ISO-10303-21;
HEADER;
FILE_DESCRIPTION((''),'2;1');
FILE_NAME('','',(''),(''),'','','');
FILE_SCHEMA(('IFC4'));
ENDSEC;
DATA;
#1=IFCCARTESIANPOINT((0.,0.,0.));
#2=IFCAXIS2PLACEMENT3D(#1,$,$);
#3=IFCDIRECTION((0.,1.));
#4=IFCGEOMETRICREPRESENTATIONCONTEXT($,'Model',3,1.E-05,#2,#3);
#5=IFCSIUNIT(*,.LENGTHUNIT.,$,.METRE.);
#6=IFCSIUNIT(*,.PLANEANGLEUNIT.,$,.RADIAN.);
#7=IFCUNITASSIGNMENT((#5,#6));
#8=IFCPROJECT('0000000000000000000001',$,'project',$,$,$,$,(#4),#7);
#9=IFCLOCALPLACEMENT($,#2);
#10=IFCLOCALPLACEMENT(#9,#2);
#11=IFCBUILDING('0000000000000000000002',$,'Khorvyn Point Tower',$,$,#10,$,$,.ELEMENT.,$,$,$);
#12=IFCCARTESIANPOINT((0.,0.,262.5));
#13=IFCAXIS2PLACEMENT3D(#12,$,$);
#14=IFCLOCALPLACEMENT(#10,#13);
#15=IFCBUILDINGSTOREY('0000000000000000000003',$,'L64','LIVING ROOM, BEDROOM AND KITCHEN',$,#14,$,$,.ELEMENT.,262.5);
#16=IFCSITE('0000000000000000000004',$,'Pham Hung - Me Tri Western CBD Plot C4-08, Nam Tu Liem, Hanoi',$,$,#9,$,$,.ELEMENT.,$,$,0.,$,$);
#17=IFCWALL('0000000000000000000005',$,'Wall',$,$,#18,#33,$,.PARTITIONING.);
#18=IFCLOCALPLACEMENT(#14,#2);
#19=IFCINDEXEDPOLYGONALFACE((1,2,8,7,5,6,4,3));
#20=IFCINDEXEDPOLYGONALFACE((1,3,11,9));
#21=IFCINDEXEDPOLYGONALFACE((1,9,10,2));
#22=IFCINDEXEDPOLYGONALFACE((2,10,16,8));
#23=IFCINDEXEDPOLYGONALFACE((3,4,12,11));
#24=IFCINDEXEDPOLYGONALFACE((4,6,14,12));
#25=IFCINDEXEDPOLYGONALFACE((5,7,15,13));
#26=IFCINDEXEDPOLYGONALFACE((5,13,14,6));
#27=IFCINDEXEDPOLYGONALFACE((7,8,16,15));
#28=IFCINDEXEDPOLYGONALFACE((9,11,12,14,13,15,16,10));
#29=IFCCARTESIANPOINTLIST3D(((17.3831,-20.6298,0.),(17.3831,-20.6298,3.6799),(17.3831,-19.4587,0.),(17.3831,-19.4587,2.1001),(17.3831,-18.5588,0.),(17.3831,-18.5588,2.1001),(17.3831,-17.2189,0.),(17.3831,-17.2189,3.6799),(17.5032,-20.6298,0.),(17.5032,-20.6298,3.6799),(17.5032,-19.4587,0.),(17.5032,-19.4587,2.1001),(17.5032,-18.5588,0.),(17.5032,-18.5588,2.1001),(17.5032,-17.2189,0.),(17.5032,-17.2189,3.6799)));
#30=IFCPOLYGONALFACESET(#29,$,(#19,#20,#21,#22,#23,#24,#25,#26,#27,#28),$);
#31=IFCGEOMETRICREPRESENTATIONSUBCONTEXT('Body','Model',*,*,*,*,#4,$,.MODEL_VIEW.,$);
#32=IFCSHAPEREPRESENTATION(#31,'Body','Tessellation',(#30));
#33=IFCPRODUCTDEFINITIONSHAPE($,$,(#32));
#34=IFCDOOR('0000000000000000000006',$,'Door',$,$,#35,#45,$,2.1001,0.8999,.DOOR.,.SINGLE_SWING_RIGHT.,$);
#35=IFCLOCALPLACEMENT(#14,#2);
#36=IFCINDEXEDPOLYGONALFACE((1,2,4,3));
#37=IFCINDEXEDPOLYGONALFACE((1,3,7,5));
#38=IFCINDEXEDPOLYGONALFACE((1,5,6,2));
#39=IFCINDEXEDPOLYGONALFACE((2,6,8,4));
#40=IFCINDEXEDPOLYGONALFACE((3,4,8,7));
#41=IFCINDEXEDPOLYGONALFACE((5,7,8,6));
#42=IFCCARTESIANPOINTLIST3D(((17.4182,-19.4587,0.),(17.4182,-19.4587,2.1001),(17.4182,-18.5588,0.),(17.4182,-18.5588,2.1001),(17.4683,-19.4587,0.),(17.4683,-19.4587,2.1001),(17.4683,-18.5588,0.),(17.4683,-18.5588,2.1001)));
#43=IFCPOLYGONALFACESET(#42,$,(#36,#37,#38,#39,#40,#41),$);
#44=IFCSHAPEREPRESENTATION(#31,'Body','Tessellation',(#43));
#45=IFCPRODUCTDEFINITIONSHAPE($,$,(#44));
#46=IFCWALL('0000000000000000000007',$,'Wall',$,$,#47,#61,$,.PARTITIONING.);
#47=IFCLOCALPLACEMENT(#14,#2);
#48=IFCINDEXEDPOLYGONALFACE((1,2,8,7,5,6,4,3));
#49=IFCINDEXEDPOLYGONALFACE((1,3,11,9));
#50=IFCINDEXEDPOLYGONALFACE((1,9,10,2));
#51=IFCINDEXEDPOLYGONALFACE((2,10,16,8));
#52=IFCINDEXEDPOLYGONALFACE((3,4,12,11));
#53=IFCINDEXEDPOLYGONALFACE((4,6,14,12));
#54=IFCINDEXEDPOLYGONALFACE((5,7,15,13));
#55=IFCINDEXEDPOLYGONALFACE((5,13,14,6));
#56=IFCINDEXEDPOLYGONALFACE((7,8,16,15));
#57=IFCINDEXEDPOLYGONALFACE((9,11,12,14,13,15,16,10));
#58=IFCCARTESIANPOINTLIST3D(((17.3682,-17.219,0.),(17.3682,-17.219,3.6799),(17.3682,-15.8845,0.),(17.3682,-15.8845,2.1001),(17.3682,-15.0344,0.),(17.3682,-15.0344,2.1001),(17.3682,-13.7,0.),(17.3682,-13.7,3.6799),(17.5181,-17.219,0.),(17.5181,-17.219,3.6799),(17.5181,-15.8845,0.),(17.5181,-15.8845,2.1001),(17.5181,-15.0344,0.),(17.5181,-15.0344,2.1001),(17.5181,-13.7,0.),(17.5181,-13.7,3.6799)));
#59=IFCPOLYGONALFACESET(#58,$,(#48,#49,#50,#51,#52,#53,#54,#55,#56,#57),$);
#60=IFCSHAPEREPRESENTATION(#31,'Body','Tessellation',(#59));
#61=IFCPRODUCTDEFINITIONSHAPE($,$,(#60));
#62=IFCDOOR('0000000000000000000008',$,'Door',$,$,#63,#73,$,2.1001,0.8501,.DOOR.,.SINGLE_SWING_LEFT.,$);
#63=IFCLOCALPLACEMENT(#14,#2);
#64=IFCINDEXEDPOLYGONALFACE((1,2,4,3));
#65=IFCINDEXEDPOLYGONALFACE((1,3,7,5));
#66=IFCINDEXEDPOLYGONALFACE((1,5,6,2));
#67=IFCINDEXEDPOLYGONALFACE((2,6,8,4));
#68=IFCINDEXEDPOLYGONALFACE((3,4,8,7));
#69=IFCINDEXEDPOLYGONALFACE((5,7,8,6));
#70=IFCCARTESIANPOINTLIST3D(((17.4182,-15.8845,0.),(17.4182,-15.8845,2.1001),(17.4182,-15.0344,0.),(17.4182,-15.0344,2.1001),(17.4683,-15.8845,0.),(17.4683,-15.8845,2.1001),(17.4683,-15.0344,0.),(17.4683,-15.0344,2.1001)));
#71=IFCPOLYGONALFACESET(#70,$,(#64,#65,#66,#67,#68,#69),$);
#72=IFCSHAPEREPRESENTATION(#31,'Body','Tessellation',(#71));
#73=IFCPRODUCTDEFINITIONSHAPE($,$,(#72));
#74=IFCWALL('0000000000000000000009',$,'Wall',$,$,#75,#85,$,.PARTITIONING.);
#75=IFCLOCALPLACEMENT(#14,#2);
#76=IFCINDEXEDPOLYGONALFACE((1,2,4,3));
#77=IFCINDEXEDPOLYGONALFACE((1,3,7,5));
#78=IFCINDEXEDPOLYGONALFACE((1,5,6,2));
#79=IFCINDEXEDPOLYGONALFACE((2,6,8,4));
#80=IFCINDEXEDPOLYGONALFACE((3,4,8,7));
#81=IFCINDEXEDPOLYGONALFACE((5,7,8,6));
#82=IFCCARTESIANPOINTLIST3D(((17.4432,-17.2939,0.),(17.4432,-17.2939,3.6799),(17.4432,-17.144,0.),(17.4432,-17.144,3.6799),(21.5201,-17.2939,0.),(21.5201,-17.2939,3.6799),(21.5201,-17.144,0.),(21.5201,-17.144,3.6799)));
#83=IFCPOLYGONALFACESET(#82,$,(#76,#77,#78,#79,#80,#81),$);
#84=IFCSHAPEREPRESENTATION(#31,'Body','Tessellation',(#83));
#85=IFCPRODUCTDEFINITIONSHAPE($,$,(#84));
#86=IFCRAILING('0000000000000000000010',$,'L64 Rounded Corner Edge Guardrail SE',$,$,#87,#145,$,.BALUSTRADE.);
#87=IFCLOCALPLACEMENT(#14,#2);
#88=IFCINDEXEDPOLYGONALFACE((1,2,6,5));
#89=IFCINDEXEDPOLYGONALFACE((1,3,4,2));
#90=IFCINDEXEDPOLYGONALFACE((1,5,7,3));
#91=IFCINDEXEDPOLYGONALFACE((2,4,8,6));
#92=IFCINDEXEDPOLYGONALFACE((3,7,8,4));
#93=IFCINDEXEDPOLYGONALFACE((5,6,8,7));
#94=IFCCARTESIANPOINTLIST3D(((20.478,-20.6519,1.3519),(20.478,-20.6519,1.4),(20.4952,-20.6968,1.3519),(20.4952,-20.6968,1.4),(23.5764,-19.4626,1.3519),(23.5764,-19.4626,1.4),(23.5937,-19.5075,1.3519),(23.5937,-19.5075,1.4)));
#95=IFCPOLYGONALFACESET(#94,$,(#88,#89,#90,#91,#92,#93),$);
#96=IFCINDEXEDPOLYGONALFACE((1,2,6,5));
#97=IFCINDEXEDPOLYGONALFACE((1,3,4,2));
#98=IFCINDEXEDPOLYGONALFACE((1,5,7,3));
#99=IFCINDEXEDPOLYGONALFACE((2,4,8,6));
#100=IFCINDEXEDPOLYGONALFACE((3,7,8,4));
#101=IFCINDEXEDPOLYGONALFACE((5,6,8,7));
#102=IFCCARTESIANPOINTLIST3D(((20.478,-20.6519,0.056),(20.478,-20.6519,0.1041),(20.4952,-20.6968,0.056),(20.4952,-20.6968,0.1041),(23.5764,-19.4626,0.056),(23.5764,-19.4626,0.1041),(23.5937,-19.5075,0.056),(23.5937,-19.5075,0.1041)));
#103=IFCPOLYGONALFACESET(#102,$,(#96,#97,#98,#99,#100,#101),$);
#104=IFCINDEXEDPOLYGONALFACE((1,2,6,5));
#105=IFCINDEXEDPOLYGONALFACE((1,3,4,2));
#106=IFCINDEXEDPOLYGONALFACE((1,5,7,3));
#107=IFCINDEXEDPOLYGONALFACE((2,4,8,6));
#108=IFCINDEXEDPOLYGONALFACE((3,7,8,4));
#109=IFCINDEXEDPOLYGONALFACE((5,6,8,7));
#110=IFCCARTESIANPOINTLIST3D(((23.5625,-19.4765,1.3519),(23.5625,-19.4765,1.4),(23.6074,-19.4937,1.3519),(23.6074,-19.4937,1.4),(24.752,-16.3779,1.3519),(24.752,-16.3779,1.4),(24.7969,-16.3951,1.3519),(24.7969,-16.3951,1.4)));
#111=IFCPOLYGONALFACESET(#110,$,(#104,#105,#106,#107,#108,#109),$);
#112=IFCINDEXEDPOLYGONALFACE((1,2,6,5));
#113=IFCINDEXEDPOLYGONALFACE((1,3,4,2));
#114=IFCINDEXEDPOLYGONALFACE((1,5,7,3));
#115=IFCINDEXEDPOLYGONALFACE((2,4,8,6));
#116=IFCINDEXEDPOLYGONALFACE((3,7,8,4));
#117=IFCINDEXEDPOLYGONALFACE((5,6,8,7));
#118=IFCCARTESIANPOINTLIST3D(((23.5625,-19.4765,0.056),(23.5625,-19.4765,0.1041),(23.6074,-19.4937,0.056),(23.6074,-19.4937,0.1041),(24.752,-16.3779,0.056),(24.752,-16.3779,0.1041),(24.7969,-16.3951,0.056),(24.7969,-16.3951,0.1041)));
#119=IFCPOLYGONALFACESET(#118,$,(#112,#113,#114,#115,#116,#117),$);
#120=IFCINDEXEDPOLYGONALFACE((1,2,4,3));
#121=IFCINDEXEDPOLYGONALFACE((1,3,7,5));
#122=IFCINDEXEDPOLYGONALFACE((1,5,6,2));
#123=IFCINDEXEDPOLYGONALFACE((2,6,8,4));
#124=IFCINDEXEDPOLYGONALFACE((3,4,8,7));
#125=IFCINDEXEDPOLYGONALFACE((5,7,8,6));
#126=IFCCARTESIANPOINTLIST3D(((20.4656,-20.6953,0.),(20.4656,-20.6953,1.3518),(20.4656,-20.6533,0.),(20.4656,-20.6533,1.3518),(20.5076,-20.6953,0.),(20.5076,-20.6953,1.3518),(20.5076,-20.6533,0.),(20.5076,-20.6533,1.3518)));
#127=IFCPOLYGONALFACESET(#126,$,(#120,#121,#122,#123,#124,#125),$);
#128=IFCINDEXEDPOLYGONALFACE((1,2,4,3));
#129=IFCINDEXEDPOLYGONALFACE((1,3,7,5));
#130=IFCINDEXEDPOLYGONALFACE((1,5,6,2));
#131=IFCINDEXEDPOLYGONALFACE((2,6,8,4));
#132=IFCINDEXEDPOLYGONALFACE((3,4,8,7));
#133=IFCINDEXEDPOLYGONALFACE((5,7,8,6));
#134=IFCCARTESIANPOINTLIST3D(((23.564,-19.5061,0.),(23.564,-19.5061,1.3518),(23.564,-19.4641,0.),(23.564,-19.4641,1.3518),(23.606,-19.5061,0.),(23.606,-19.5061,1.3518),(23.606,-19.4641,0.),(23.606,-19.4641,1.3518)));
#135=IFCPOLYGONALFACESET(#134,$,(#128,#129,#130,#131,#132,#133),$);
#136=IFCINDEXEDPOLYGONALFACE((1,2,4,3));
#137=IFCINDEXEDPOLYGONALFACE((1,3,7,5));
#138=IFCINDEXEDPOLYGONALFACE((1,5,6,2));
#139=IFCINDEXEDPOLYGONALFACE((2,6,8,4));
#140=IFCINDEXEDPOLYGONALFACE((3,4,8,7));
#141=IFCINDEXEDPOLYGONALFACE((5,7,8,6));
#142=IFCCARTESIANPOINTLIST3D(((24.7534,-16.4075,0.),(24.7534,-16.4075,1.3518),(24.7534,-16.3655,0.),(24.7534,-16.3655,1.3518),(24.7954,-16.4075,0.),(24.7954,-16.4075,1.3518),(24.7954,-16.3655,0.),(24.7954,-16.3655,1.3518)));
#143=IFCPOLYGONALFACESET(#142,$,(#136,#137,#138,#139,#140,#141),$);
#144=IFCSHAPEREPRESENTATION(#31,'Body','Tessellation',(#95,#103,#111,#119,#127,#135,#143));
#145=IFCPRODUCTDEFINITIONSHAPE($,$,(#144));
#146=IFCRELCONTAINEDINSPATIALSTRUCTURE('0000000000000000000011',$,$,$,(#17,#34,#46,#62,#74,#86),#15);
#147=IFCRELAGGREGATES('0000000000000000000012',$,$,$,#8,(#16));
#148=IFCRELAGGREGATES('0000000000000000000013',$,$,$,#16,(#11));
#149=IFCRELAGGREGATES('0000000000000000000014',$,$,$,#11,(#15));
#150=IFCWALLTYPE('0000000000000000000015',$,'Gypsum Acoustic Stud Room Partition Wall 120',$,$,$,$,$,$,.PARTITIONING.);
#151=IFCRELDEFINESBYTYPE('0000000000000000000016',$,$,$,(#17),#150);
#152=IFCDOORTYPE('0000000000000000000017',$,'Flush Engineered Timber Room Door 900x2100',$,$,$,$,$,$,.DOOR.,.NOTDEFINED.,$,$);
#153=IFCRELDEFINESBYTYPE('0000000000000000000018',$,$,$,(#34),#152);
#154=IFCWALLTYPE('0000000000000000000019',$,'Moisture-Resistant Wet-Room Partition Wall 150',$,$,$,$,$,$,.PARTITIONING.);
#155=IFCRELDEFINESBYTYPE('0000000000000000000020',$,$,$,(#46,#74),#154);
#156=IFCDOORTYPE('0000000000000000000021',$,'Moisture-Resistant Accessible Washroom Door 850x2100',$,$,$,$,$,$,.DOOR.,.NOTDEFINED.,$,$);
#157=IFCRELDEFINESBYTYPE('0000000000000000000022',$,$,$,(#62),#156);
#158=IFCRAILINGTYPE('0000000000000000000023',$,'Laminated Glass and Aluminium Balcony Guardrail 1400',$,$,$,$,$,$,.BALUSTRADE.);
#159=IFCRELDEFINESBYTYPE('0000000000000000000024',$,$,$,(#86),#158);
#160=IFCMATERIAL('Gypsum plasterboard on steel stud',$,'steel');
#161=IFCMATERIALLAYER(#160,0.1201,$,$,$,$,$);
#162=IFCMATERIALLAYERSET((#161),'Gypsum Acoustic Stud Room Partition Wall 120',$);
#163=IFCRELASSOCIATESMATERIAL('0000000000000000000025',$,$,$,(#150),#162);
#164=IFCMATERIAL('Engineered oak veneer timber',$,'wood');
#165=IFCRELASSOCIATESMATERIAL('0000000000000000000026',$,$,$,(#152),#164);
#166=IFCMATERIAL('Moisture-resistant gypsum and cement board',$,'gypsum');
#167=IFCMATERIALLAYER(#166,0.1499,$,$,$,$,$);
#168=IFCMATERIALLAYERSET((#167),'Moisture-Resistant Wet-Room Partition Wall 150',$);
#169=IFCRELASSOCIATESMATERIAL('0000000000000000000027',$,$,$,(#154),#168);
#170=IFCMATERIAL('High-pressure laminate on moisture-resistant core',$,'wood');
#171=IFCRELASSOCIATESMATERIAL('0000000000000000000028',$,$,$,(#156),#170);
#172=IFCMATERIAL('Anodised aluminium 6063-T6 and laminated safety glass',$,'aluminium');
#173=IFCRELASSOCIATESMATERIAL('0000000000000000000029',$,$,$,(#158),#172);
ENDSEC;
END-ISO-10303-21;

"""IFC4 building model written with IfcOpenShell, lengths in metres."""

from ifc_helpers import new_model, si_unit, direction, frame, frame_2d, origin, origin_2d, place, context, subcontext, project, spatial, rectangle, extrude, material, layer, layer_set, type_object, element, fill, save


model = new_model("IFC4")

# Units and contexts
model_context = context("Model", 3, precision=1e-05, world=origin(), true_north=direction((0.0, 1.0)))
body_context = subcontext(model_context, "Body", "Model", "MODEL_VIEW")
ifc_project = project(units=[si_unit("LENGTHUNIT", "METRE"), si_unit("PLANEANGLEUNIT", "RADIAN")], contexts=[model_context])

# Site, building, storey
site_placement = place(None, origin())
site = spatial("IfcSite", under=ifc_project, at=site_placement, Name="Pham Hung - Me Tri Western CBD Plot C4-08, Nam Tu Liem, Hanoi", CompositionType="ELEMENT", RefElevation=0.0)
building_placement = place(site_placement, origin())
building = spatial("IfcBuilding", under=site, at=building_placement, Name="Khorvyn Point Tower", CompositionType="ELEMENT")
storey_placement = place(building_placement, frame((0.0, 0.0, 262.5)))
storey = spatial("IfcBuildingStorey", under=building, at=storey_placement, Name="L64", Description="LIVING ROOM, BEDROOM AND KITCHEN", CompositionType="ELEMENT", Elevation=262.5)

# Walls, openings, doors
ifc_material_1 = material(Name="Gypsum plasterboard on steel stud", Category="steel")
ifc_layer_1 = layer(ifc_material_1, 0.1201)
ifc_layer_set_1 = layer_set([ifc_layer_1], Name="Gypsum Acoustic Stud Room Partition Wall 120")
wall_type_1 = type_object("IfcWallType", Name="Gypsum Acoustic Stud Room Partition Wall 120", PredefinedType="PARTITIONING", material=ifc_layer_set_1)
wall_1_placement = place(storey_placement, frame((17.4431, -20.6299, 0.0), z_axis=(0.0, 0.0, 1.0), x_axis=(0.0, 1.0, 0.0)))
wall_1 = element("IfcWall", 1, at=wall_1_placement, inside=storey, type_object=wall_type_1, Name="Wall", PredefinedType="PARTITIONING", context=body_context, shape_type="SweptSolid", body=[
    extrude(rectangle(XDim=3.4109, YDim=0.1201, at=frame_2d((1.7056, 0.0))), origin(), (0.0, 0.0, 1.0), 3.6799),
])
opening_1_placement = place(wall_1_placement, frame((1.1711, 0.0, 0.0)))
opening_1 = element("IfcOpeningElement", 2, at=opening_1_placement, cuts=wall_1, PredefinedType="OPENING", context=body_context, shape_type="SweptSolid", body=[
    extrude(rectangle(XDim=0.8999, YDim=2.1001, at=frame_2d((0.45, 1.05))), frame((0.0, 0.0701, 0.0), z_axis=(0.0, -1.0, 0.0), x_axis=(1.0, 0.0, 0.0)), (0.0, 0.0, 1.0), 0.1401),
])
ifc_material_2 = material(Name="Engineered oak veneer timber", Category="wood")
door_type_1 = type_object("IfcDoorType", Name="Flush Engineered Timber Room Door 900x2100", OperationType="NOTDEFINED", PredefinedType="DOOR", material=ifc_material_2)
door_1_placement = place(opening_1_placement, origin())
door_1 = element("IfcDoor", 3, at=door_1_placement, inside=storey, type_object=door_type_1, Name="Door", OperationType="SINGLE_SWING_RIGHT", OverallHeight=2.1001, OverallWidth=0.8999, PredefinedType="DOOR", context=body_context, shape_type="SweptSolid", body=[
    extrude(rectangle(XDim=0.8999, YDim=2.1001, at=frame_2d((0.45, 1.05))), frame((0.0, 0.0249, 0.0), z_axis=(0.0, -1.0, 0.0), x_axis=(1.0, 0.0, 0.0)), (0.0, 0.0, 1.0), 0.05),
])
fill(opening_1, door_1)
ifc_material_3 = material(Name="Moisture-resistant gypsum and cement board", Category="gypsum")
ifc_layer_2 = layer(ifc_material_3, 0.1499)
ifc_layer_set_2 = layer_set([ifc_layer_2], Name="Moisture-Resistant Wet-Room Partition Wall 150")
wall_type_2 = type_object("IfcWallType", Name="Moisture-Resistant Wet-Room Partition Wall 150", PredefinedType="PARTITIONING", material=ifc_layer_set_2)
wall_2_placement = place(storey_placement, frame((17.4431, -17.219, 0.0), z_axis=(0.0, 0.0, 1.0), x_axis=(0.0, 1.0, 0.0)))
wall_2 = element("IfcWall", 4, at=wall_2_placement, inside=storey, type_object=wall_type_2, Name="Wall", PredefinedType="PARTITIONING", context=body_context, shape_type="SweptSolid", body=[
    extrude(rectangle(XDim=3.519, YDim=0.1499, at=frame_2d((1.7595, 0.0))), origin(), (0.0, 0.0, 1.0), 3.6799),
])
opening_2_placement = place(wall_2_placement, frame((1.3345, 0.0, 0.0)))
opening_2 = element("IfcOpeningElement", 5, at=opening_2_placement, cuts=wall_2, PredefinedType="OPENING", context=body_context, shape_type="SweptSolid", body=[
    extrude(rectangle(XDim=0.8501, YDim=2.1001, at=frame_2d((0.425, 1.05))), frame((0.0, 0.085, 0.0), z_axis=(0.0, -1.0, 0.0), x_axis=(1.0, 0.0, 0.0)), (0.0, 0.0, 1.0), 0.1699),
])
ifc_material_4 = material(Name="High-pressure laminate on moisture-resistant core", Category="wood")
door_type_2 = type_object("IfcDoorType", Name="Moisture-Resistant Accessible Washroom Door 850x2100", OperationType="NOTDEFINED", PredefinedType="DOOR", material=ifc_material_4)
door_2_placement = place(opening_2_placement, origin())
door_2 = element("IfcDoor", 6, at=door_2_placement, inside=storey, type_object=door_type_2, Name="Door", OperationType="SINGLE_SWING_LEFT", OverallHeight=2.1001, OverallWidth=0.8501, PredefinedType="DOOR", context=body_context, shape_type="SweptSolid", body=[
    extrude(rectangle(XDim=0.8501, YDim=2.1001, at=frame_2d((0.425, 1.05))), frame((0.0, 0.0249, 0.0), z_axis=(0.0, -1.0, 0.0), x_axis=(1.0, 0.0, 0.0)), (0.0, 0.0, 1.0), 0.05),
])
fill(opening_2, door_2)

# Wall
wall_3_placement = place(storey_placement, frame((17.4431, -17.219, 0.0), z_axis=(0.0, 0.0, 1.0), x_axis=(1.0, 0.0, 0.0)))
element("IfcWall", 7, at=wall_3_placement, inside=storey, type_object=wall_type_2, Name="Wall", PredefinedType="PARTITIONING", context=body_context, shape_type="SweptSolid", body=[
    extrude(rectangle(XDim=4.0769, YDim=0.1499, at=frame_2d((2.0386, 0.0))), origin(), (0.0, 0.0, 1.0), 3.6799),
])

# Railing
ifc_material_5 = material(Name="Anodised aluminium 6063-T6 and laminated safety glass", Category="aluminium")
railing_type = type_object("IfcRailingType", Name="Laminated Glass and Aluminium Balcony Guardrail 1400", PredefinedType="BALUSTRADE", material=ifc_material_5)
railing_placement = place(storey_placement, frame((20.4866, -20.6743, 0.0)))
element("IfcRailing", 8, at=railing_placement, inside=storey, type_object=railing_type, Name="L64 Rounded Corner Edge Guardrail SE", PredefinedType="BALUSTRADE", context=body_context, shape_type="SweptSolid", body=[
    extrude(rectangle(XDim=0.0481, YDim=0.0481, at=origin_2d()), frame((0.0, 0.0, 1.376), z_axis=(0.933596, 0.358328, 0.0), x_axis=(-0.358328, 0.933596, 0.0)), (0.0, 0.0, 1.0), 3.3188),
    extrude(rectangle(XDim=0.0481, YDim=0.0481, at=origin_2d()), frame((0.0, 0.0, 0.0801), z_axis=(0.933596, 0.358328, 0.0), x_axis=(-0.358328, 0.933596, 0.0)), (0.0, 0.0, 1.0), 3.3188),
    extrude(rectangle(XDim=0.0481, YDim=0.0481, at=origin_2d()), frame((3.0984, 1.1892, 1.376), z_axis=(0.358368, 0.93358, 0.0), x_axis=(-0.93358, 0.358368, 0.0)), (0.0, 0.0, 1.0), 3.3191),
    extrude(rectangle(XDim=0.0481, YDim=0.0481, at=origin_2d()), frame((3.0984, 1.1892, 0.0801), z_axis=(0.358368, 0.93358, 0.0), x_axis=(-0.93358, 0.358368, 0.0)), (0.0, 0.0, 1.0), 3.3191),
    extrude(rectangle(XDim=0.042, YDim=0.042, at=origin_2d()), origin(), (0.0, 0.0, 1.0), 1.3518),
    extrude(rectangle(XDim=0.042, YDim=0.042, at=origin_2d()), frame((3.0984, 1.1892, 0.0)), (0.0, 0.0, 1.0), 1.3518),
    extrude(rectangle(XDim=0.042, YDim=0.042, at=origin_2d()), frame((4.2878, 4.2878, 0.0)), (0.0, 0.0, 1.0), 1.3518),
])

save(model, "model.ifc")
